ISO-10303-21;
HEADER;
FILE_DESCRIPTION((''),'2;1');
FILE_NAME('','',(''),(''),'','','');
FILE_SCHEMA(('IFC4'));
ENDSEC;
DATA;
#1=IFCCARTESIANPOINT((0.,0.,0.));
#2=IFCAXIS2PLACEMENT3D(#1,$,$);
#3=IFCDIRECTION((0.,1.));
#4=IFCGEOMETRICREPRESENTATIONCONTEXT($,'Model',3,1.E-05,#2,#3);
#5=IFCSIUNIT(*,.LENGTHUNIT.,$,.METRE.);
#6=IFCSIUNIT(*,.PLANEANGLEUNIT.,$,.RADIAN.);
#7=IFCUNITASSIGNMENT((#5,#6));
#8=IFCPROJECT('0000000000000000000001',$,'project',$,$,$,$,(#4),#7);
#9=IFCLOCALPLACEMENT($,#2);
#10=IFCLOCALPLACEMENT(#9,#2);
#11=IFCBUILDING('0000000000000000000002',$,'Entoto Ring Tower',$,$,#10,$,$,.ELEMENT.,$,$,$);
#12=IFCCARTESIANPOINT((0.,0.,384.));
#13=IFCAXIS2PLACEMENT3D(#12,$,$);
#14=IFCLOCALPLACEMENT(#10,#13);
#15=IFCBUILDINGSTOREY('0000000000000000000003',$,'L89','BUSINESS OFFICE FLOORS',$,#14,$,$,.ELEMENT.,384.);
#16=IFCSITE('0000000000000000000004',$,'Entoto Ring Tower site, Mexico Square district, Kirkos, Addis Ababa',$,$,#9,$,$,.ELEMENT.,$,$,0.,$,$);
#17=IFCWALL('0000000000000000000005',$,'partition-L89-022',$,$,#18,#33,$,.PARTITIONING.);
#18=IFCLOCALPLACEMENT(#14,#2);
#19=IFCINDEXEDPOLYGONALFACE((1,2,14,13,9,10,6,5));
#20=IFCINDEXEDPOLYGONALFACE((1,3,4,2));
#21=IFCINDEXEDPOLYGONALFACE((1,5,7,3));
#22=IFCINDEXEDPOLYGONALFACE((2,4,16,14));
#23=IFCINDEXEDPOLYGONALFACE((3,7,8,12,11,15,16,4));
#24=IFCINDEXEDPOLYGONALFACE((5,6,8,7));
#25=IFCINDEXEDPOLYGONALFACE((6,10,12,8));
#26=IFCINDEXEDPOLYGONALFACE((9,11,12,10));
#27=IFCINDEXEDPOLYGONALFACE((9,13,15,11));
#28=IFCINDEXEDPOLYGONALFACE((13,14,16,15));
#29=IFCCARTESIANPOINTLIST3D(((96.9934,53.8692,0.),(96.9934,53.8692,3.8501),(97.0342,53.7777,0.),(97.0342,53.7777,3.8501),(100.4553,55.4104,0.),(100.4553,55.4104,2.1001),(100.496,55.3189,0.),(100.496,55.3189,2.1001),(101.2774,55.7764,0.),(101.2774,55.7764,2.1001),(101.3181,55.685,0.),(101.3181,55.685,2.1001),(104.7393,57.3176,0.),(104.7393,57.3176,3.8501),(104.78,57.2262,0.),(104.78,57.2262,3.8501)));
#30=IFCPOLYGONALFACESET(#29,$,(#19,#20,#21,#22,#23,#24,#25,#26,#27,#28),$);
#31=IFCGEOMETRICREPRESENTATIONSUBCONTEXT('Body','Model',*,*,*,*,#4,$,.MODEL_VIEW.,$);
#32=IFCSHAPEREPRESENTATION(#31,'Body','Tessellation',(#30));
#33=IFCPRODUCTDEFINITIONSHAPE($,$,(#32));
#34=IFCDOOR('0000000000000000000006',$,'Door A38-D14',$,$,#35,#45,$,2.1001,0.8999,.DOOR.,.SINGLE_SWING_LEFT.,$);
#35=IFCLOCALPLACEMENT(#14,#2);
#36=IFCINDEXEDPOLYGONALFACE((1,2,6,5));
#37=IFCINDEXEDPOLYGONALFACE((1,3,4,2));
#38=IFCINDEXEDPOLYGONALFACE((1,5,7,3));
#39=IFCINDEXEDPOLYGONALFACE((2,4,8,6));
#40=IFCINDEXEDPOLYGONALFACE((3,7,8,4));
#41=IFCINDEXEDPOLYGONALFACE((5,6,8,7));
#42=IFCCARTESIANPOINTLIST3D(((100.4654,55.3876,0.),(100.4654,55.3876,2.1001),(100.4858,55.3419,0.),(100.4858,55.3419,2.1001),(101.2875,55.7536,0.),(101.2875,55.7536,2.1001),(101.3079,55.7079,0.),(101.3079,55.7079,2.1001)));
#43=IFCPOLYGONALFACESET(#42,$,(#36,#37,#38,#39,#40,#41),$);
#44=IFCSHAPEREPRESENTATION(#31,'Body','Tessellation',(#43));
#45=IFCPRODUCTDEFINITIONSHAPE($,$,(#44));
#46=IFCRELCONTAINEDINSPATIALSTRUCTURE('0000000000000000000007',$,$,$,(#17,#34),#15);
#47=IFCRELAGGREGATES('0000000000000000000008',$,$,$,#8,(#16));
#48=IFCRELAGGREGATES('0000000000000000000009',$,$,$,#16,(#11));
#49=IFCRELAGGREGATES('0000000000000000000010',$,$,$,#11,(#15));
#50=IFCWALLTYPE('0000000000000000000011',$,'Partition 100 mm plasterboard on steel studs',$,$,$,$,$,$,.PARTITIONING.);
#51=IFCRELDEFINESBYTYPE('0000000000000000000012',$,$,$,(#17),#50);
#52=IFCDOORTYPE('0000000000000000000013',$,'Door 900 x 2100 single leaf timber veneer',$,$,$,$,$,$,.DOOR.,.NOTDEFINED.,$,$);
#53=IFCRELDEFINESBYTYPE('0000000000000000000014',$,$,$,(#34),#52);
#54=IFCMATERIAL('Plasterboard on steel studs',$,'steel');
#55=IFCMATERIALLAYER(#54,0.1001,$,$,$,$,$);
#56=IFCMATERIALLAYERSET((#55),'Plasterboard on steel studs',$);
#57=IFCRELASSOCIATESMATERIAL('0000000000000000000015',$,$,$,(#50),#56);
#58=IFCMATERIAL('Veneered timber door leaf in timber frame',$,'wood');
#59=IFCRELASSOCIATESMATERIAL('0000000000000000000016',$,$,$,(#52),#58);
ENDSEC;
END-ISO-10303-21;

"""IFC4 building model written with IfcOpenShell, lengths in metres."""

from ifc_helpers import new_model, si_unit, direction, frame, frame_2d, origin, place, context, subcontext, project, spatial, rectangle, extrude, material, layer, layer_set, type_object, element, fill, save


model = new_model("IFC4")

# Units and contexts
model_context = context("Model", 3, precision=1e-05, world=origin(), true_north=direction((0.0, 1.0)))
body_context = subcontext(model_context, "Body", "Model", "MODEL_VIEW")
ifc_project = project(units=[si_unit("LENGTHUNIT", "METRE"), si_unit("PLANEANGLEUNIT", "RADIAN")], contexts=[model_context])

# Site, building, storey
site_placement = place(None, origin())
site = spatial("IfcSite", under=ifc_project, at=site_placement, Name="Entoto Ring Tower site, Mexico Square district, Kirkos, Addis Ababa", CompositionType="ELEMENT", RefElevation=0.0)
building_placement = place(site_placement, origin())
building = spatial("IfcBuilding", under=site, at=building_placement, Name="Entoto Ring Tower", CompositionType="ELEMENT")
storey_placement = place(building_placement, frame((0.0, 0.0, 384.0)))
storey = spatial("IfcBuildingStorey", under=building, at=storey_placement, Name="L89", Description="BUSINESS OFFICE FLOORS", CompositionType="ELEMENT", Elevation=384.0)

# Wall, opening, door
ifc_material_1 = material(Name="Plasterboard on steel studs", Category="steel")
ifc_layer_1 = layer(ifc_material_1, 0.1001)
ifc_layer_set_1 = layer_set([ifc_layer_1], Name="Plasterboard on steel studs")
wall_type_1 = type_object("IfcWallType", Name="Partition 100 mm plasterboard on steel studs", PredefinedType="PARTITIONING", material=ifc_layer_set_1)
wall_1_placement = place(storey_placement, frame((97.0139, 53.8235, 0.0), z_axis=(0.0, 0.0, 1.0), x_axis=(0.913554, 0.406718, 0.0)))
wall_1 = element("IfcWall", 1, at=wall_1_placement, inside=storey, type_object=wall_type_1, Name="partition-L89-022", PredefinedType="PARTITIONING", context=body_context, shape_type="SweptSolid", body=[
    extrude(rectangle(XDim=8.4788, YDim=0.1001, at=frame_2d((4.2393, 0.0))), origin(), (0.0, 0.0, 1.0), 3.8501),
])
opening_1_placement = place(wall_1_placement, frame((3.7893, 0.0, 0.0)))
opening_1 = element("IfcOpeningElement", 2, at=opening_1_placement, cuts=wall_1, PredefinedType="OPENING", context=body_context, shape_type="SweptSolid", body=[
    extrude(rectangle(XDim=0.8999, YDim=2.1001, at=frame_2d((0.45, 1.05))), frame((0.0, 0.0601, 0.0), z_axis=(0.0, -1.0, 0.0), x_axis=(1.0, 0.0, 0.0)), (0.0, 0.0, 1.0), 0.1201),
])
ifc_material_2 = material(Name="Veneered timber door leaf in timber frame", Category="wood")
door_type_1 = type_object("IfcDoorType", Name="Door 900 x 2100 single leaf timber veneer", OperationType="NOTDEFINED", PredefinedType="DOOR", material=ifc_material_2)
door_1_placement = place(opening_1_placement, frame((0.8999, 0.0, 0.0), z_axis=(0.0, 0.0, 1.0), x_axis=(-1.0, 0.0, 0.0)))
door_1 = element("IfcDoor", 3, at=door_1_placement, inside=storey, type_object=door_type_1, Name="Door A38-D14", OperationType="SINGLE_SWING_LEFT", OverallHeight=2.1001, OverallWidth=0.8999, PredefinedType="DOOR", context=body_context, shape_type="SweptSolid", body=[
    extrude(rectangle(XDim=0.8999, YDim=2.1001, at=frame_2d((0.45, 1.05))), frame((0.0, 0.0249, 0.0), z_axis=(0.0, -1.0, 0.0), x_axis=(1.0, 0.0, 0.0)), (0.0, 0.0, 1.0), 0.05),
])
fill(opening_1, door_1)

save(model, "model.ifc")
